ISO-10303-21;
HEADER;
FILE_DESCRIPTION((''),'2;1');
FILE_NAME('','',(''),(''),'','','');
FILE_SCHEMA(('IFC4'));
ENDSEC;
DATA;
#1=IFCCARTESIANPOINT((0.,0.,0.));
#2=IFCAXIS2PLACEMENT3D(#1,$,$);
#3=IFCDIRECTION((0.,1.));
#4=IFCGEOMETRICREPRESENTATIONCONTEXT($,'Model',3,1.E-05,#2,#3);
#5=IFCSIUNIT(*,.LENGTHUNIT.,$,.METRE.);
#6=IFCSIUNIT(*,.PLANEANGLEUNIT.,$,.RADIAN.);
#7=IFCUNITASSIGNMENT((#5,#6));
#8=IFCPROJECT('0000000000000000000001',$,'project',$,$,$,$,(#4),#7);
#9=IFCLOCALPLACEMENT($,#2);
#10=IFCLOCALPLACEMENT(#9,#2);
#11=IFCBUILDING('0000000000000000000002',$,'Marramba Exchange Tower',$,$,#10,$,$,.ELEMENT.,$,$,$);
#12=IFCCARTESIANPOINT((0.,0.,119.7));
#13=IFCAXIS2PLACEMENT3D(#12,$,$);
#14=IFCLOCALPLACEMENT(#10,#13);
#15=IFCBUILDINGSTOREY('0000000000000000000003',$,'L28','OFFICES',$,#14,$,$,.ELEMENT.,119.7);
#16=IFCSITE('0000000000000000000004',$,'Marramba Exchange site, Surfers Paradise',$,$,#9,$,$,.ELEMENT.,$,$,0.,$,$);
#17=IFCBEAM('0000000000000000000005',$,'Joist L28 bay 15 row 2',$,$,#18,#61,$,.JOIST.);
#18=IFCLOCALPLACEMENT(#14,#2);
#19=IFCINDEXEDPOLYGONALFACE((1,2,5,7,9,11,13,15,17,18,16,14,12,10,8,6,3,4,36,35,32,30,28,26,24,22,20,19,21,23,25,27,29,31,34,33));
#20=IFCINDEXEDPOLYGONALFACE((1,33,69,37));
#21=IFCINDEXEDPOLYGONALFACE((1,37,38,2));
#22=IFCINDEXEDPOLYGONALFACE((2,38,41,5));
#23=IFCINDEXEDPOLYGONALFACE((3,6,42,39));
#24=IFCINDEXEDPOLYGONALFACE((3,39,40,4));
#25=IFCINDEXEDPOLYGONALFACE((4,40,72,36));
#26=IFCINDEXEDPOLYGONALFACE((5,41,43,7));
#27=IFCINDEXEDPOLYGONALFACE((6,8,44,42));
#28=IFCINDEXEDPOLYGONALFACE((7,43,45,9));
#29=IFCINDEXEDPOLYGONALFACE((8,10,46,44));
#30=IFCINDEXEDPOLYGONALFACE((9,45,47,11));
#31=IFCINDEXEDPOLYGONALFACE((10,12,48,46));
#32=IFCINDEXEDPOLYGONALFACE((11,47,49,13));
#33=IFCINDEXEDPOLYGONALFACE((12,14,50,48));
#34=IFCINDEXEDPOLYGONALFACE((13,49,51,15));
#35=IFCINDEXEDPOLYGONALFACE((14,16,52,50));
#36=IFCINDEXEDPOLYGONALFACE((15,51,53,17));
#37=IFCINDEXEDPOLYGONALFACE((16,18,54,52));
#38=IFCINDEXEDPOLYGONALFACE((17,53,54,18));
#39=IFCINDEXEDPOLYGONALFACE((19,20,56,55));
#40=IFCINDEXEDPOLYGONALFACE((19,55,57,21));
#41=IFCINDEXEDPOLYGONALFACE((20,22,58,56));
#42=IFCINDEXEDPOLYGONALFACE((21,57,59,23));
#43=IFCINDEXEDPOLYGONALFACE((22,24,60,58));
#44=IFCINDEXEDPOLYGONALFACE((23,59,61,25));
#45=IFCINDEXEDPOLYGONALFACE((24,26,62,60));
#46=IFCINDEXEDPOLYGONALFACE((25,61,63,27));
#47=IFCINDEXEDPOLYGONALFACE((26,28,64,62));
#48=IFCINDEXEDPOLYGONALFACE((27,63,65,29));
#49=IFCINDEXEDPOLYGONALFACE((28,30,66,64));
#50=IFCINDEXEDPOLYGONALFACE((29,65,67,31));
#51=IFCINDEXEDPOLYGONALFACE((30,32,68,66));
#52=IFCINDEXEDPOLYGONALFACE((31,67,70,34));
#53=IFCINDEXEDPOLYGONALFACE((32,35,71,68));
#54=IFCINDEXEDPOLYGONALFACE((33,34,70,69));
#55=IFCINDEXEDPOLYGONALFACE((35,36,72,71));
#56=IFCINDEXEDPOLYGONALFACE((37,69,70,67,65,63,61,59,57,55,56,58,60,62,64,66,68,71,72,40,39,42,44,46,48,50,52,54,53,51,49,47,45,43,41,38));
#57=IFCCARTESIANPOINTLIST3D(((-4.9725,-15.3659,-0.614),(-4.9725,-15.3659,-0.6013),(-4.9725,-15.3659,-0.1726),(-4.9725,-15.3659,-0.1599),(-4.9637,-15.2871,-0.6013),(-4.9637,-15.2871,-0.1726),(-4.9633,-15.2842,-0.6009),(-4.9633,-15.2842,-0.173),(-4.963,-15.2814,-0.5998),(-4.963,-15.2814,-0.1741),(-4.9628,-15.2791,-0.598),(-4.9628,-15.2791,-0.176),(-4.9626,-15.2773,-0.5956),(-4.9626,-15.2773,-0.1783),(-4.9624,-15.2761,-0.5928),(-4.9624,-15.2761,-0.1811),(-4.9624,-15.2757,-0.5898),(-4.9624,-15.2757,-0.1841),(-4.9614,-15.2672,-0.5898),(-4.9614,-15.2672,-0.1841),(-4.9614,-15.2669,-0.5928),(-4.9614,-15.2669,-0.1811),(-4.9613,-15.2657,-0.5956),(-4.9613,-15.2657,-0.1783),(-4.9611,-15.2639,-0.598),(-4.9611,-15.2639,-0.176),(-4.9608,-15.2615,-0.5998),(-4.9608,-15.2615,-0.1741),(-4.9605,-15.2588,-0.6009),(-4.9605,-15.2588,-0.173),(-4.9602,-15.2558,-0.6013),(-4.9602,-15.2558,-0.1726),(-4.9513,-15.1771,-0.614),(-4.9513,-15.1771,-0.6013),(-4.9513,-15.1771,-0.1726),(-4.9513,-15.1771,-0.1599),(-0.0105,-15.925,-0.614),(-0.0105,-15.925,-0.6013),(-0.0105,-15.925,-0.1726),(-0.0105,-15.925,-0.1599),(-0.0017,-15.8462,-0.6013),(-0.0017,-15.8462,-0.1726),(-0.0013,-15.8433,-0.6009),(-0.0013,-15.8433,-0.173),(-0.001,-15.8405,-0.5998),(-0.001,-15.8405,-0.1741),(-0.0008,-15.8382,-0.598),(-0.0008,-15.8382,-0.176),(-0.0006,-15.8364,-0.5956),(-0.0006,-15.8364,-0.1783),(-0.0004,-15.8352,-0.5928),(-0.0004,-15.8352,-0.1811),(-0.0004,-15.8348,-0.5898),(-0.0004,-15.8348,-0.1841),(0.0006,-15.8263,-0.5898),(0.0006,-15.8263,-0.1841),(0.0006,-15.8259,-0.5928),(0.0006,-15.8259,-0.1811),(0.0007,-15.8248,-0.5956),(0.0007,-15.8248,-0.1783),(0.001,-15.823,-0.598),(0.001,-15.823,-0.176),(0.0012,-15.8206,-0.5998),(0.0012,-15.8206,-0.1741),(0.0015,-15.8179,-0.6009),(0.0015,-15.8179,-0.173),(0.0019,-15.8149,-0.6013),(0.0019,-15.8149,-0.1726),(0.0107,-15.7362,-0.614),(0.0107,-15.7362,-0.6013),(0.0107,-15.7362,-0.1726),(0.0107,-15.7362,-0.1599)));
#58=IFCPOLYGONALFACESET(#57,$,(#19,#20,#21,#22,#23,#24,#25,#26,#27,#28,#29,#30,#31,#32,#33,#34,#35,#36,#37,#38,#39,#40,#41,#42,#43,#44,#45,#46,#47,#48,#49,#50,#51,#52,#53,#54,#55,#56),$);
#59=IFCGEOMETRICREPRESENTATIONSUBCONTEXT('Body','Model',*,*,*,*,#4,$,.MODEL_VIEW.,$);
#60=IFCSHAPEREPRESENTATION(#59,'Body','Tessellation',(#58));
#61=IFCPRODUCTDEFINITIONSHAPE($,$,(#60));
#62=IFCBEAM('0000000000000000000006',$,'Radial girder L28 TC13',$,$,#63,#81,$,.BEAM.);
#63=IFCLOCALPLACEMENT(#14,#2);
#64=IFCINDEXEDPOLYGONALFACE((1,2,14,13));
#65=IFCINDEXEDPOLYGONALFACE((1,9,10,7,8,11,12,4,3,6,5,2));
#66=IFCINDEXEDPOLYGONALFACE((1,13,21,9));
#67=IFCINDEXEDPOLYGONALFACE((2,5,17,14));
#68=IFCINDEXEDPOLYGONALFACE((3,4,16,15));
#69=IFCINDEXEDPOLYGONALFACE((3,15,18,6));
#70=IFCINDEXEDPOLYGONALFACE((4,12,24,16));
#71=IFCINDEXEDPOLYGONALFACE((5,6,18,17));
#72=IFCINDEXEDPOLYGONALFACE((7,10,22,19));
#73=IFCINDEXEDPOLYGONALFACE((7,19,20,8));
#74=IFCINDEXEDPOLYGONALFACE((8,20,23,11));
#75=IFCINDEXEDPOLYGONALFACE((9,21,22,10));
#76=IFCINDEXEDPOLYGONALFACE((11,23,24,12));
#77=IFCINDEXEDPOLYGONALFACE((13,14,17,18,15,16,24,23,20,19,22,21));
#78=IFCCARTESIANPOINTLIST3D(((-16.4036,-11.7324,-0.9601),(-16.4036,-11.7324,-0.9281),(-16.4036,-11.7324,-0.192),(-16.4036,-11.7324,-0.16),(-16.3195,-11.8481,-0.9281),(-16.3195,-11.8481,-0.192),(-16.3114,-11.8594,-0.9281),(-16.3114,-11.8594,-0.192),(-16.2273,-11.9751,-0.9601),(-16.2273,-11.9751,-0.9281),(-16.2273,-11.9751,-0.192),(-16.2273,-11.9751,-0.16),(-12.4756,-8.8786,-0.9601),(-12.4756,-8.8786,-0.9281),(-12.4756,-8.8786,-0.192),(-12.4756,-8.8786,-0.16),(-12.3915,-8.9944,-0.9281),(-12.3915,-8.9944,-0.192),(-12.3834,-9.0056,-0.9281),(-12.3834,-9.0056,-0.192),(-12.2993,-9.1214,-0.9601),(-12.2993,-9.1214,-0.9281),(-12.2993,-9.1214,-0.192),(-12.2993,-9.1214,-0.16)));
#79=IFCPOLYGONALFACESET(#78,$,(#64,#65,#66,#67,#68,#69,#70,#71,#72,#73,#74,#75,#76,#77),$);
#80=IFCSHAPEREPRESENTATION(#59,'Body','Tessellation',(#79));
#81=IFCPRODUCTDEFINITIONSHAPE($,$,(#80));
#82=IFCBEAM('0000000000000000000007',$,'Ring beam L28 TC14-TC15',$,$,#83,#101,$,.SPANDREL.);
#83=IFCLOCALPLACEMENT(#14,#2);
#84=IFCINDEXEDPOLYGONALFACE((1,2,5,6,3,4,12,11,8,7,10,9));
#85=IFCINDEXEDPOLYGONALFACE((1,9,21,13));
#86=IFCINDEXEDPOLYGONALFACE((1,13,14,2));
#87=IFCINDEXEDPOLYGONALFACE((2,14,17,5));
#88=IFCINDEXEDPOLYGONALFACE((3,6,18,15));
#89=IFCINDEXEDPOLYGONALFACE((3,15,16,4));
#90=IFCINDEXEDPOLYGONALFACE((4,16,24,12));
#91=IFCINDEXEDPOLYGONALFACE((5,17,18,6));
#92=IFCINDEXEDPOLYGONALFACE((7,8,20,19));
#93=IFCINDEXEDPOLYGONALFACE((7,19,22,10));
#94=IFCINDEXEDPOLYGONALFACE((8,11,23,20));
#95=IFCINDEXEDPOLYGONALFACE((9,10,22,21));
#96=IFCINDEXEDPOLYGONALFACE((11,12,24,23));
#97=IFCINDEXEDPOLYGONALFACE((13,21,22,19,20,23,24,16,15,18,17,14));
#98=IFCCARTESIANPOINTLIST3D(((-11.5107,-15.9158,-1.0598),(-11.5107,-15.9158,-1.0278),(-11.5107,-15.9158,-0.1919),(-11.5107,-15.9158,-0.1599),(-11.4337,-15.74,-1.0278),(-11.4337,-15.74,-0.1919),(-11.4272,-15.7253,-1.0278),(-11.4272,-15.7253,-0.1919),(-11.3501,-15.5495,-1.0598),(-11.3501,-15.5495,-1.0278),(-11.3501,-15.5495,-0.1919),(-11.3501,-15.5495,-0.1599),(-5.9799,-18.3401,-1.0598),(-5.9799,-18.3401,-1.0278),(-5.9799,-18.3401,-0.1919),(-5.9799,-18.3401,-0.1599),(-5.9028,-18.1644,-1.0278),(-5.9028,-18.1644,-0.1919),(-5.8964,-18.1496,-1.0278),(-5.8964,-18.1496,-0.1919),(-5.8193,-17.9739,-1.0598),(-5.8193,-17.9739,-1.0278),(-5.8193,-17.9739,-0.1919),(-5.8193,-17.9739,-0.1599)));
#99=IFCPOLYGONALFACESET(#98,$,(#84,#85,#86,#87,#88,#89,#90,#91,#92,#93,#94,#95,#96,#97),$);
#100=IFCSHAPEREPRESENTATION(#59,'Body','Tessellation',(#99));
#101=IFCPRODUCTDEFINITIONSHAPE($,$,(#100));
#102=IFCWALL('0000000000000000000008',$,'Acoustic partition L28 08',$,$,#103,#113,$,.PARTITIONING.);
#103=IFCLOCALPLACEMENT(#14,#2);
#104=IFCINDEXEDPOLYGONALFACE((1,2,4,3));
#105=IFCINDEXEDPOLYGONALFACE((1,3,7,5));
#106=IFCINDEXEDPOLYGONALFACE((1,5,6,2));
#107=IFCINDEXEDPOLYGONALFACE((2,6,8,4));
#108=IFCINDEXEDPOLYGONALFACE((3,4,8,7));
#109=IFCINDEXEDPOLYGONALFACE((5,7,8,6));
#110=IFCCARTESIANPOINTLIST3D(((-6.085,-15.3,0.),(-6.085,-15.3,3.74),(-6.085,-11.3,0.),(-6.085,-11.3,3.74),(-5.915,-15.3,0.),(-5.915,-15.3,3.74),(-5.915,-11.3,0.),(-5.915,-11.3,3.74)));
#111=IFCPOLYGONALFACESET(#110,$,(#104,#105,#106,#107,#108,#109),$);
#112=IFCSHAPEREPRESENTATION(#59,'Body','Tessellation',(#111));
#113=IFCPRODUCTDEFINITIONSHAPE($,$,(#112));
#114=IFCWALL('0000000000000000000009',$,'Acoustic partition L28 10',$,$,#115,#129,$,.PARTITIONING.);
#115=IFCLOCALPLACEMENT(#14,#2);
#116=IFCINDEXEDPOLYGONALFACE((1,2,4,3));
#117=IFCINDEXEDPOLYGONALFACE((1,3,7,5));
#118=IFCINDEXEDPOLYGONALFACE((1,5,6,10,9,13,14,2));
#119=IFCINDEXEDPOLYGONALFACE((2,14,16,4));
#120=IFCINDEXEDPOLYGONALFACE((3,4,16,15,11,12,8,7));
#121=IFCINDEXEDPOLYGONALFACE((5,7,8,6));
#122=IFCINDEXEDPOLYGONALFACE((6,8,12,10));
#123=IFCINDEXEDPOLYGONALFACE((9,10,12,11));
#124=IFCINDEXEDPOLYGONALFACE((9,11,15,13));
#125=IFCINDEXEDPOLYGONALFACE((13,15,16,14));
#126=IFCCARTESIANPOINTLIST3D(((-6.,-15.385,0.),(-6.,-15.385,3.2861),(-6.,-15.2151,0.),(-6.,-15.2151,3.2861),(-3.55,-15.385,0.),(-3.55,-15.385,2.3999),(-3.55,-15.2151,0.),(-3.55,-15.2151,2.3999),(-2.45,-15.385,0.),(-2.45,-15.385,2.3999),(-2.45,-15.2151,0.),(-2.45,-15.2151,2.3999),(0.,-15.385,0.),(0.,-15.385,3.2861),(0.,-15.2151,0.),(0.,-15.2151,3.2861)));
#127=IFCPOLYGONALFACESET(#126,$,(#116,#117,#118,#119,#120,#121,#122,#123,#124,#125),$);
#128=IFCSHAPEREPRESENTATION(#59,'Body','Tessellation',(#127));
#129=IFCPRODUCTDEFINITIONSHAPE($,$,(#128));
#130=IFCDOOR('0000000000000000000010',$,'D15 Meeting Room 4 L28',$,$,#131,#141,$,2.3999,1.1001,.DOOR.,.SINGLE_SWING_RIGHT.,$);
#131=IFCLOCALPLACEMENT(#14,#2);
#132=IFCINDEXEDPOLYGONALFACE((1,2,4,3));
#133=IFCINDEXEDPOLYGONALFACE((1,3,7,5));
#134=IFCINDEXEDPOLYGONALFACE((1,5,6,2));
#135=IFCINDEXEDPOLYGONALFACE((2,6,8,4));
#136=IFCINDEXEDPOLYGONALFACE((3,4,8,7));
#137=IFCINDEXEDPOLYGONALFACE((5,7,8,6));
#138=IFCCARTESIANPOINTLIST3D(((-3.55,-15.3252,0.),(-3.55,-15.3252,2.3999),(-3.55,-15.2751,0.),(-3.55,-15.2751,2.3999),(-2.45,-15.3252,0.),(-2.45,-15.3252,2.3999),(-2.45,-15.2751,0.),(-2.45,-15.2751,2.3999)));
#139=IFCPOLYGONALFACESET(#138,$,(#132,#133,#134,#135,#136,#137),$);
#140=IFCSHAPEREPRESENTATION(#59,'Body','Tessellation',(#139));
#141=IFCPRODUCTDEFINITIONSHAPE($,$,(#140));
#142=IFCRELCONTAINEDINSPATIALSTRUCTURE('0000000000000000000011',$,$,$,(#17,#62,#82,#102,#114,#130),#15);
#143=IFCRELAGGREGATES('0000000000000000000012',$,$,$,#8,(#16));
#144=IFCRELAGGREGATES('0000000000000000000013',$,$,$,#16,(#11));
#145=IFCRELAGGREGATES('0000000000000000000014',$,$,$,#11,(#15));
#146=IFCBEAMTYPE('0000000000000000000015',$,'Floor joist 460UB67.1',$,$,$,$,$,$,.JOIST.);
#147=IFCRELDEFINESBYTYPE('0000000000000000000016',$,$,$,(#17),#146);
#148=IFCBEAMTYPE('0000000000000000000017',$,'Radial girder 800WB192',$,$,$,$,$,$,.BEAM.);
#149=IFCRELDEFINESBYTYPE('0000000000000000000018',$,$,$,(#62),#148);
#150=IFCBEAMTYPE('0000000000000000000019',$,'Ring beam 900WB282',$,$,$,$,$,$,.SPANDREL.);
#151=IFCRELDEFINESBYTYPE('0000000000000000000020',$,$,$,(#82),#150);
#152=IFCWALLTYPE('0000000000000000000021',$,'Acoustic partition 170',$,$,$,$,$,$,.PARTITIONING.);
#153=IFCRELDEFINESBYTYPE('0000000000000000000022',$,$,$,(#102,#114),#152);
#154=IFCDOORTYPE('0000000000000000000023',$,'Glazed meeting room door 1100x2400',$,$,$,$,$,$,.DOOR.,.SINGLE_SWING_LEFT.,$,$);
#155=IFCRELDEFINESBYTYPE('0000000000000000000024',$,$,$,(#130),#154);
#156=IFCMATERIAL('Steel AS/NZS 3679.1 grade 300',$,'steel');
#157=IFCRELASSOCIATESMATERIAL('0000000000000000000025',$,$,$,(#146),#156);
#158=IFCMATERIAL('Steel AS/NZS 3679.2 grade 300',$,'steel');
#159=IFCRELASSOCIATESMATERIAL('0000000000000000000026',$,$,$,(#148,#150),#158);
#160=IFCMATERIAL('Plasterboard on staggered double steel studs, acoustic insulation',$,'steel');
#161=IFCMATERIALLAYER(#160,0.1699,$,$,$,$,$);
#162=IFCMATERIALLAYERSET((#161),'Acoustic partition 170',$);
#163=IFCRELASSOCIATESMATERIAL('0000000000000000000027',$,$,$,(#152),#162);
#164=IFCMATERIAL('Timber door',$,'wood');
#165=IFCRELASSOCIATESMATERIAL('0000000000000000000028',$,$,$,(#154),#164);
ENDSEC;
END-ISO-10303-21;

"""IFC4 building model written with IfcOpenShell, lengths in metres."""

from ifc_helpers import new_model, si_unit, direction, frame, frame_2d, origin, origin_2d, place, context, subcontext, project, spatial, rectangle, i_section, extrude, material, layer, layer_set, material_profile, profile_set, type_object, element, fill, save


model = new_model("IFC4")

# Units and contexts
model_context = context("Model", 3, precision=1e-05, world=origin(), true_north=direction((0.0, 1.0)))
body_context = subcontext(model_context, "Body", "Model", "MODEL_VIEW")
ifc_project = project(units=[si_unit("LENGTHUNIT", "METRE"), si_unit("PLANEANGLEUNIT", "RADIAN")], contexts=[model_context])

# Site, building, storey
site_placement = place(None, origin())
site = spatial("IfcSite", under=ifc_project, at=site_placement, Name="Marramba Exchange site, Surfers Paradise", CompositionType="ELEMENT", RefElevation=0.0)
building_placement = place(site_placement, origin())
building = spatial("IfcBuilding", under=site, at=building_placement, Name="Marramba Exchange Tower", CompositionType="ELEMENT")
storey_placement = place(building_placement, frame((0.0, 0.0, 119.7)))
storey = spatial("IfcBuildingStorey", under=building, at=storey_placement, Name="L28", Description="OFFICES", CompositionType="ELEMENT", Elevation=119.7)

# Beams
ifc_material_1 = material(Name="Steel AS/NZS 3679.2 grade 300", Category="steel")
ifc_material_2 = material(Name="Steel AS/NZS 3679.1 grade 300", Category="steel")
ifc_material_profile_1 = material_profile(ifc_material_2, i_section(OverallWidth=0.1899, OverallDepth=0.4541, WebThickness=0.0085, FlangeThickness=0.0127, FilletRadius=0.0115, at=origin_2d()), Name="460UB67.1")
ifc_profile_set_1 = profile_set([ifc_material_profile_1], Name="Steel AS/NZS 3679.1 grade 300")
beam_type_1 = type_object("IfcBeamType", Name="Floor joist 460UB67.1", PredefinedType="JOIST", material=ifc_profile_set_1)
beam_1_placement = place(storey_placement, frame((-4.9619, -15.2715, -0.387), z_axis=(0.993712, -0.111966, 0.0), x_axis=(0.111966, 0.993712, 0.0)))
element("IfcBeam", 1, at=beam_1_placement, inside=storey, type_object=beam_type_1, Name="Joist L28 bay 15 row 2", PredefinedType="JOIST", context=body_context, shape_type="SweptSolid", body=[
    extrude(i_section(OverallWidth=0.1899, OverallDepth=0.4541, WebThickness=0.0085, FlangeThickness=0.0127, FilletRadius=0.0115, at=origin_2d()), origin(), (0.0, 0.0, 1.0), 4.9934),
])
ifc_material_profile_2 = material_profile(ifc_material_1, i_section(OverallWidth=0.3, OverallDepth=0.8, WebThickness=0.0139, FlangeThickness=0.032, at=origin_2d()), Name="800WB192")
ifc_profile_set_2 = profile_set([ifc_material_profile_2], Name="Steel AS/NZS 3679.2 grade 300")
beam_type_2 = type_object("IfcBeamType", Name="Radial girder 800WB192", PredefinedType="BEAM", material=ifc_profile_set_2)
beam_2_placement = place(storey_placement, frame((-12.3875, -9.0, -0.5601), z_axis=(-0.809025, -0.587774, 0.0), x_axis=(0.587774, -0.809025, 0.0)))
element("IfcBeam", 2, at=beam_2_placement, inside=storey, type_object=beam_type_2, Name="Radial girder L28 TC13", PredefinedType="BEAM", context=body_context, shape_type="SweptSolid", body=[
    extrude(i_section(OverallWidth=0.3, OverallDepth=0.8, WebThickness=0.0139, FlangeThickness=0.032, at=origin_2d()), origin(), (0.0, 0.0, 1.0), 4.8552),
])
ifc_material_profile_3 = material_profile(ifc_material_1, i_section(OverallWidth=0.3999, OverallDepth=0.8999, WebThickness=0.0161, FlangeThickness=0.032, at=origin_2d()), Name="900WB282")
ifc_profile_set_3 = profile_set([ifc_material_profile_3], Name="Steel AS/NZS 3679.2 grade 300")
beam_type_3 = type_object("IfcBeamType", Name="Ring beam 900WB282", PredefinedType="SPANDREL", material=ifc_profile_set_3)
beam_3_placement = place(storey_placement, frame((-11.4304, -15.7327, -0.6099), z_axis=(0.915877, -0.401459, 0.0), x_axis=(0.401459, 0.915877, 0.0)))
element("IfcBeam", 3, at=beam_3_placement, inside=storey, type_object=beam_type_3, Name="Ring beam L28 TC14-TC15", PredefinedType="SPANDREL", context=body_context, shape_type="SweptSolid", body=[
    extrude(i_section(OverallWidth=0.3999, OverallDepth=0.8999, WebThickness=0.0161, FlangeThickness=0.032, at=origin_2d()), origin(), (0.0, 0.0, 1.0), 6.0388),
])

# Wall
ifc_material_3 = material(Name="Plasterboard on staggered double steel studs, acoustic insulation", Category="steel")
ifc_layer_1 = layer(ifc_material_3, 0.1699)
ifc_layer_set_1 = layer_set([ifc_layer_1], Name="Acoustic partition 170")
wall_type_1 = type_object("IfcWallType", Name="Acoustic partition 170", PredefinedType="PARTITIONING", material=ifc_layer_set_1)
wall_1_placement = place(storey_placement, frame((-6.0, -11.3, 0.0), z_axis=(0.0, 0.0, 1.0), x_axis=(0.0, -1.0, 0.0)))
element("IfcWall", 4, at=wall_1_placement, inside=storey, type_object=wall_type_1, Name="Acoustic partition L28 08", PredefinedType="PARTITIONING", context=body_context, shape_type="SweptSolid", body=[
    extrude(rectangle(XDim=4.0, YDim=0.1699, at=frame_2d((2.0, 0.0))), origin(), (0.0, 0.0, 1.0), 3.74),
])

# Wall, opening, door
wall_2_placement = place(storey_placement, frame((-6.0, -15.3, 0.0), z_axis=(0.0, 0.0, 1.0), x_axis=(1.0, 0.0, 0.0)))
wall_2 = element("IfcWall", 5, at=wall_2_placement, inside=storey, type_object=wall_type_1, Name="Acoustic partition L28 10", PredefinedType="PARTITIONING", context=body_context, shape_type="SweptSolid", body=[
    extrude(rectangle(XDim=6.0, YDim=0.1699, at=frame_2d((3.0, 0.0))), origin(), (0.0, 0.0, 1.0), 3.2861),
])
opening_1_placement = place(wall_2_placement, frame((2.45, 0.0, 0.0)))
opening_1 = element("IfcOpeningElement", 6, at=opening_1_placement, cuts=wall_2, PredefinedType="OPENING", context=body_context, shape_type="SweptSolid", body=[
    extrude(rectangle(XDim=1.1001, YDim=2.3999, at=frame_2d((0.55, 1.2))), frame((0.0, 0.095, 0.0), z_axis=(0.0, -1.0, 0.0), x_axis=(1.0, 0.0, 0.0)), (0.0, 0.0, 1.0), 0.1899),
])
ifc_material_4 = material(Name="Timber door", Category="wood")
door_type_1 = type_object("IfcDoorType", Name="Glazed meeting room door 1100x2400", OperationType="SINGLE_SWING_LEFT", PredefinedType="DOOR", material=ifc_material_4)
door_1_placement = place(opening_1_placement, origin())
door_1 = element("IfcDoor", 7, at=door_1_placement, inside=storey, type_object=door_type_1, Name="D15 Meeting Room 4 L28", OperationType="SINGLE_SWING_RIGHT", OverallHeight=2.3999, OverallWidth=1.1001, PredefinedType="DOOR", context=body_context, shape_type="SweptSolid", body=[
    extrude(rectangle(XDim=1.1001, YDim=2.3999, at=frame_2d((0.55, 1.2))), frame((0.0, 0.0249, 0.0), z_axis=(0.0, -1.0, 0.0), x_axis=(1.0, 0.0, 0.0)), (0.0, 0.0, 1.0), 0.05),
])
fill(opening_1, door_1)

save(model, "model.ifc")
